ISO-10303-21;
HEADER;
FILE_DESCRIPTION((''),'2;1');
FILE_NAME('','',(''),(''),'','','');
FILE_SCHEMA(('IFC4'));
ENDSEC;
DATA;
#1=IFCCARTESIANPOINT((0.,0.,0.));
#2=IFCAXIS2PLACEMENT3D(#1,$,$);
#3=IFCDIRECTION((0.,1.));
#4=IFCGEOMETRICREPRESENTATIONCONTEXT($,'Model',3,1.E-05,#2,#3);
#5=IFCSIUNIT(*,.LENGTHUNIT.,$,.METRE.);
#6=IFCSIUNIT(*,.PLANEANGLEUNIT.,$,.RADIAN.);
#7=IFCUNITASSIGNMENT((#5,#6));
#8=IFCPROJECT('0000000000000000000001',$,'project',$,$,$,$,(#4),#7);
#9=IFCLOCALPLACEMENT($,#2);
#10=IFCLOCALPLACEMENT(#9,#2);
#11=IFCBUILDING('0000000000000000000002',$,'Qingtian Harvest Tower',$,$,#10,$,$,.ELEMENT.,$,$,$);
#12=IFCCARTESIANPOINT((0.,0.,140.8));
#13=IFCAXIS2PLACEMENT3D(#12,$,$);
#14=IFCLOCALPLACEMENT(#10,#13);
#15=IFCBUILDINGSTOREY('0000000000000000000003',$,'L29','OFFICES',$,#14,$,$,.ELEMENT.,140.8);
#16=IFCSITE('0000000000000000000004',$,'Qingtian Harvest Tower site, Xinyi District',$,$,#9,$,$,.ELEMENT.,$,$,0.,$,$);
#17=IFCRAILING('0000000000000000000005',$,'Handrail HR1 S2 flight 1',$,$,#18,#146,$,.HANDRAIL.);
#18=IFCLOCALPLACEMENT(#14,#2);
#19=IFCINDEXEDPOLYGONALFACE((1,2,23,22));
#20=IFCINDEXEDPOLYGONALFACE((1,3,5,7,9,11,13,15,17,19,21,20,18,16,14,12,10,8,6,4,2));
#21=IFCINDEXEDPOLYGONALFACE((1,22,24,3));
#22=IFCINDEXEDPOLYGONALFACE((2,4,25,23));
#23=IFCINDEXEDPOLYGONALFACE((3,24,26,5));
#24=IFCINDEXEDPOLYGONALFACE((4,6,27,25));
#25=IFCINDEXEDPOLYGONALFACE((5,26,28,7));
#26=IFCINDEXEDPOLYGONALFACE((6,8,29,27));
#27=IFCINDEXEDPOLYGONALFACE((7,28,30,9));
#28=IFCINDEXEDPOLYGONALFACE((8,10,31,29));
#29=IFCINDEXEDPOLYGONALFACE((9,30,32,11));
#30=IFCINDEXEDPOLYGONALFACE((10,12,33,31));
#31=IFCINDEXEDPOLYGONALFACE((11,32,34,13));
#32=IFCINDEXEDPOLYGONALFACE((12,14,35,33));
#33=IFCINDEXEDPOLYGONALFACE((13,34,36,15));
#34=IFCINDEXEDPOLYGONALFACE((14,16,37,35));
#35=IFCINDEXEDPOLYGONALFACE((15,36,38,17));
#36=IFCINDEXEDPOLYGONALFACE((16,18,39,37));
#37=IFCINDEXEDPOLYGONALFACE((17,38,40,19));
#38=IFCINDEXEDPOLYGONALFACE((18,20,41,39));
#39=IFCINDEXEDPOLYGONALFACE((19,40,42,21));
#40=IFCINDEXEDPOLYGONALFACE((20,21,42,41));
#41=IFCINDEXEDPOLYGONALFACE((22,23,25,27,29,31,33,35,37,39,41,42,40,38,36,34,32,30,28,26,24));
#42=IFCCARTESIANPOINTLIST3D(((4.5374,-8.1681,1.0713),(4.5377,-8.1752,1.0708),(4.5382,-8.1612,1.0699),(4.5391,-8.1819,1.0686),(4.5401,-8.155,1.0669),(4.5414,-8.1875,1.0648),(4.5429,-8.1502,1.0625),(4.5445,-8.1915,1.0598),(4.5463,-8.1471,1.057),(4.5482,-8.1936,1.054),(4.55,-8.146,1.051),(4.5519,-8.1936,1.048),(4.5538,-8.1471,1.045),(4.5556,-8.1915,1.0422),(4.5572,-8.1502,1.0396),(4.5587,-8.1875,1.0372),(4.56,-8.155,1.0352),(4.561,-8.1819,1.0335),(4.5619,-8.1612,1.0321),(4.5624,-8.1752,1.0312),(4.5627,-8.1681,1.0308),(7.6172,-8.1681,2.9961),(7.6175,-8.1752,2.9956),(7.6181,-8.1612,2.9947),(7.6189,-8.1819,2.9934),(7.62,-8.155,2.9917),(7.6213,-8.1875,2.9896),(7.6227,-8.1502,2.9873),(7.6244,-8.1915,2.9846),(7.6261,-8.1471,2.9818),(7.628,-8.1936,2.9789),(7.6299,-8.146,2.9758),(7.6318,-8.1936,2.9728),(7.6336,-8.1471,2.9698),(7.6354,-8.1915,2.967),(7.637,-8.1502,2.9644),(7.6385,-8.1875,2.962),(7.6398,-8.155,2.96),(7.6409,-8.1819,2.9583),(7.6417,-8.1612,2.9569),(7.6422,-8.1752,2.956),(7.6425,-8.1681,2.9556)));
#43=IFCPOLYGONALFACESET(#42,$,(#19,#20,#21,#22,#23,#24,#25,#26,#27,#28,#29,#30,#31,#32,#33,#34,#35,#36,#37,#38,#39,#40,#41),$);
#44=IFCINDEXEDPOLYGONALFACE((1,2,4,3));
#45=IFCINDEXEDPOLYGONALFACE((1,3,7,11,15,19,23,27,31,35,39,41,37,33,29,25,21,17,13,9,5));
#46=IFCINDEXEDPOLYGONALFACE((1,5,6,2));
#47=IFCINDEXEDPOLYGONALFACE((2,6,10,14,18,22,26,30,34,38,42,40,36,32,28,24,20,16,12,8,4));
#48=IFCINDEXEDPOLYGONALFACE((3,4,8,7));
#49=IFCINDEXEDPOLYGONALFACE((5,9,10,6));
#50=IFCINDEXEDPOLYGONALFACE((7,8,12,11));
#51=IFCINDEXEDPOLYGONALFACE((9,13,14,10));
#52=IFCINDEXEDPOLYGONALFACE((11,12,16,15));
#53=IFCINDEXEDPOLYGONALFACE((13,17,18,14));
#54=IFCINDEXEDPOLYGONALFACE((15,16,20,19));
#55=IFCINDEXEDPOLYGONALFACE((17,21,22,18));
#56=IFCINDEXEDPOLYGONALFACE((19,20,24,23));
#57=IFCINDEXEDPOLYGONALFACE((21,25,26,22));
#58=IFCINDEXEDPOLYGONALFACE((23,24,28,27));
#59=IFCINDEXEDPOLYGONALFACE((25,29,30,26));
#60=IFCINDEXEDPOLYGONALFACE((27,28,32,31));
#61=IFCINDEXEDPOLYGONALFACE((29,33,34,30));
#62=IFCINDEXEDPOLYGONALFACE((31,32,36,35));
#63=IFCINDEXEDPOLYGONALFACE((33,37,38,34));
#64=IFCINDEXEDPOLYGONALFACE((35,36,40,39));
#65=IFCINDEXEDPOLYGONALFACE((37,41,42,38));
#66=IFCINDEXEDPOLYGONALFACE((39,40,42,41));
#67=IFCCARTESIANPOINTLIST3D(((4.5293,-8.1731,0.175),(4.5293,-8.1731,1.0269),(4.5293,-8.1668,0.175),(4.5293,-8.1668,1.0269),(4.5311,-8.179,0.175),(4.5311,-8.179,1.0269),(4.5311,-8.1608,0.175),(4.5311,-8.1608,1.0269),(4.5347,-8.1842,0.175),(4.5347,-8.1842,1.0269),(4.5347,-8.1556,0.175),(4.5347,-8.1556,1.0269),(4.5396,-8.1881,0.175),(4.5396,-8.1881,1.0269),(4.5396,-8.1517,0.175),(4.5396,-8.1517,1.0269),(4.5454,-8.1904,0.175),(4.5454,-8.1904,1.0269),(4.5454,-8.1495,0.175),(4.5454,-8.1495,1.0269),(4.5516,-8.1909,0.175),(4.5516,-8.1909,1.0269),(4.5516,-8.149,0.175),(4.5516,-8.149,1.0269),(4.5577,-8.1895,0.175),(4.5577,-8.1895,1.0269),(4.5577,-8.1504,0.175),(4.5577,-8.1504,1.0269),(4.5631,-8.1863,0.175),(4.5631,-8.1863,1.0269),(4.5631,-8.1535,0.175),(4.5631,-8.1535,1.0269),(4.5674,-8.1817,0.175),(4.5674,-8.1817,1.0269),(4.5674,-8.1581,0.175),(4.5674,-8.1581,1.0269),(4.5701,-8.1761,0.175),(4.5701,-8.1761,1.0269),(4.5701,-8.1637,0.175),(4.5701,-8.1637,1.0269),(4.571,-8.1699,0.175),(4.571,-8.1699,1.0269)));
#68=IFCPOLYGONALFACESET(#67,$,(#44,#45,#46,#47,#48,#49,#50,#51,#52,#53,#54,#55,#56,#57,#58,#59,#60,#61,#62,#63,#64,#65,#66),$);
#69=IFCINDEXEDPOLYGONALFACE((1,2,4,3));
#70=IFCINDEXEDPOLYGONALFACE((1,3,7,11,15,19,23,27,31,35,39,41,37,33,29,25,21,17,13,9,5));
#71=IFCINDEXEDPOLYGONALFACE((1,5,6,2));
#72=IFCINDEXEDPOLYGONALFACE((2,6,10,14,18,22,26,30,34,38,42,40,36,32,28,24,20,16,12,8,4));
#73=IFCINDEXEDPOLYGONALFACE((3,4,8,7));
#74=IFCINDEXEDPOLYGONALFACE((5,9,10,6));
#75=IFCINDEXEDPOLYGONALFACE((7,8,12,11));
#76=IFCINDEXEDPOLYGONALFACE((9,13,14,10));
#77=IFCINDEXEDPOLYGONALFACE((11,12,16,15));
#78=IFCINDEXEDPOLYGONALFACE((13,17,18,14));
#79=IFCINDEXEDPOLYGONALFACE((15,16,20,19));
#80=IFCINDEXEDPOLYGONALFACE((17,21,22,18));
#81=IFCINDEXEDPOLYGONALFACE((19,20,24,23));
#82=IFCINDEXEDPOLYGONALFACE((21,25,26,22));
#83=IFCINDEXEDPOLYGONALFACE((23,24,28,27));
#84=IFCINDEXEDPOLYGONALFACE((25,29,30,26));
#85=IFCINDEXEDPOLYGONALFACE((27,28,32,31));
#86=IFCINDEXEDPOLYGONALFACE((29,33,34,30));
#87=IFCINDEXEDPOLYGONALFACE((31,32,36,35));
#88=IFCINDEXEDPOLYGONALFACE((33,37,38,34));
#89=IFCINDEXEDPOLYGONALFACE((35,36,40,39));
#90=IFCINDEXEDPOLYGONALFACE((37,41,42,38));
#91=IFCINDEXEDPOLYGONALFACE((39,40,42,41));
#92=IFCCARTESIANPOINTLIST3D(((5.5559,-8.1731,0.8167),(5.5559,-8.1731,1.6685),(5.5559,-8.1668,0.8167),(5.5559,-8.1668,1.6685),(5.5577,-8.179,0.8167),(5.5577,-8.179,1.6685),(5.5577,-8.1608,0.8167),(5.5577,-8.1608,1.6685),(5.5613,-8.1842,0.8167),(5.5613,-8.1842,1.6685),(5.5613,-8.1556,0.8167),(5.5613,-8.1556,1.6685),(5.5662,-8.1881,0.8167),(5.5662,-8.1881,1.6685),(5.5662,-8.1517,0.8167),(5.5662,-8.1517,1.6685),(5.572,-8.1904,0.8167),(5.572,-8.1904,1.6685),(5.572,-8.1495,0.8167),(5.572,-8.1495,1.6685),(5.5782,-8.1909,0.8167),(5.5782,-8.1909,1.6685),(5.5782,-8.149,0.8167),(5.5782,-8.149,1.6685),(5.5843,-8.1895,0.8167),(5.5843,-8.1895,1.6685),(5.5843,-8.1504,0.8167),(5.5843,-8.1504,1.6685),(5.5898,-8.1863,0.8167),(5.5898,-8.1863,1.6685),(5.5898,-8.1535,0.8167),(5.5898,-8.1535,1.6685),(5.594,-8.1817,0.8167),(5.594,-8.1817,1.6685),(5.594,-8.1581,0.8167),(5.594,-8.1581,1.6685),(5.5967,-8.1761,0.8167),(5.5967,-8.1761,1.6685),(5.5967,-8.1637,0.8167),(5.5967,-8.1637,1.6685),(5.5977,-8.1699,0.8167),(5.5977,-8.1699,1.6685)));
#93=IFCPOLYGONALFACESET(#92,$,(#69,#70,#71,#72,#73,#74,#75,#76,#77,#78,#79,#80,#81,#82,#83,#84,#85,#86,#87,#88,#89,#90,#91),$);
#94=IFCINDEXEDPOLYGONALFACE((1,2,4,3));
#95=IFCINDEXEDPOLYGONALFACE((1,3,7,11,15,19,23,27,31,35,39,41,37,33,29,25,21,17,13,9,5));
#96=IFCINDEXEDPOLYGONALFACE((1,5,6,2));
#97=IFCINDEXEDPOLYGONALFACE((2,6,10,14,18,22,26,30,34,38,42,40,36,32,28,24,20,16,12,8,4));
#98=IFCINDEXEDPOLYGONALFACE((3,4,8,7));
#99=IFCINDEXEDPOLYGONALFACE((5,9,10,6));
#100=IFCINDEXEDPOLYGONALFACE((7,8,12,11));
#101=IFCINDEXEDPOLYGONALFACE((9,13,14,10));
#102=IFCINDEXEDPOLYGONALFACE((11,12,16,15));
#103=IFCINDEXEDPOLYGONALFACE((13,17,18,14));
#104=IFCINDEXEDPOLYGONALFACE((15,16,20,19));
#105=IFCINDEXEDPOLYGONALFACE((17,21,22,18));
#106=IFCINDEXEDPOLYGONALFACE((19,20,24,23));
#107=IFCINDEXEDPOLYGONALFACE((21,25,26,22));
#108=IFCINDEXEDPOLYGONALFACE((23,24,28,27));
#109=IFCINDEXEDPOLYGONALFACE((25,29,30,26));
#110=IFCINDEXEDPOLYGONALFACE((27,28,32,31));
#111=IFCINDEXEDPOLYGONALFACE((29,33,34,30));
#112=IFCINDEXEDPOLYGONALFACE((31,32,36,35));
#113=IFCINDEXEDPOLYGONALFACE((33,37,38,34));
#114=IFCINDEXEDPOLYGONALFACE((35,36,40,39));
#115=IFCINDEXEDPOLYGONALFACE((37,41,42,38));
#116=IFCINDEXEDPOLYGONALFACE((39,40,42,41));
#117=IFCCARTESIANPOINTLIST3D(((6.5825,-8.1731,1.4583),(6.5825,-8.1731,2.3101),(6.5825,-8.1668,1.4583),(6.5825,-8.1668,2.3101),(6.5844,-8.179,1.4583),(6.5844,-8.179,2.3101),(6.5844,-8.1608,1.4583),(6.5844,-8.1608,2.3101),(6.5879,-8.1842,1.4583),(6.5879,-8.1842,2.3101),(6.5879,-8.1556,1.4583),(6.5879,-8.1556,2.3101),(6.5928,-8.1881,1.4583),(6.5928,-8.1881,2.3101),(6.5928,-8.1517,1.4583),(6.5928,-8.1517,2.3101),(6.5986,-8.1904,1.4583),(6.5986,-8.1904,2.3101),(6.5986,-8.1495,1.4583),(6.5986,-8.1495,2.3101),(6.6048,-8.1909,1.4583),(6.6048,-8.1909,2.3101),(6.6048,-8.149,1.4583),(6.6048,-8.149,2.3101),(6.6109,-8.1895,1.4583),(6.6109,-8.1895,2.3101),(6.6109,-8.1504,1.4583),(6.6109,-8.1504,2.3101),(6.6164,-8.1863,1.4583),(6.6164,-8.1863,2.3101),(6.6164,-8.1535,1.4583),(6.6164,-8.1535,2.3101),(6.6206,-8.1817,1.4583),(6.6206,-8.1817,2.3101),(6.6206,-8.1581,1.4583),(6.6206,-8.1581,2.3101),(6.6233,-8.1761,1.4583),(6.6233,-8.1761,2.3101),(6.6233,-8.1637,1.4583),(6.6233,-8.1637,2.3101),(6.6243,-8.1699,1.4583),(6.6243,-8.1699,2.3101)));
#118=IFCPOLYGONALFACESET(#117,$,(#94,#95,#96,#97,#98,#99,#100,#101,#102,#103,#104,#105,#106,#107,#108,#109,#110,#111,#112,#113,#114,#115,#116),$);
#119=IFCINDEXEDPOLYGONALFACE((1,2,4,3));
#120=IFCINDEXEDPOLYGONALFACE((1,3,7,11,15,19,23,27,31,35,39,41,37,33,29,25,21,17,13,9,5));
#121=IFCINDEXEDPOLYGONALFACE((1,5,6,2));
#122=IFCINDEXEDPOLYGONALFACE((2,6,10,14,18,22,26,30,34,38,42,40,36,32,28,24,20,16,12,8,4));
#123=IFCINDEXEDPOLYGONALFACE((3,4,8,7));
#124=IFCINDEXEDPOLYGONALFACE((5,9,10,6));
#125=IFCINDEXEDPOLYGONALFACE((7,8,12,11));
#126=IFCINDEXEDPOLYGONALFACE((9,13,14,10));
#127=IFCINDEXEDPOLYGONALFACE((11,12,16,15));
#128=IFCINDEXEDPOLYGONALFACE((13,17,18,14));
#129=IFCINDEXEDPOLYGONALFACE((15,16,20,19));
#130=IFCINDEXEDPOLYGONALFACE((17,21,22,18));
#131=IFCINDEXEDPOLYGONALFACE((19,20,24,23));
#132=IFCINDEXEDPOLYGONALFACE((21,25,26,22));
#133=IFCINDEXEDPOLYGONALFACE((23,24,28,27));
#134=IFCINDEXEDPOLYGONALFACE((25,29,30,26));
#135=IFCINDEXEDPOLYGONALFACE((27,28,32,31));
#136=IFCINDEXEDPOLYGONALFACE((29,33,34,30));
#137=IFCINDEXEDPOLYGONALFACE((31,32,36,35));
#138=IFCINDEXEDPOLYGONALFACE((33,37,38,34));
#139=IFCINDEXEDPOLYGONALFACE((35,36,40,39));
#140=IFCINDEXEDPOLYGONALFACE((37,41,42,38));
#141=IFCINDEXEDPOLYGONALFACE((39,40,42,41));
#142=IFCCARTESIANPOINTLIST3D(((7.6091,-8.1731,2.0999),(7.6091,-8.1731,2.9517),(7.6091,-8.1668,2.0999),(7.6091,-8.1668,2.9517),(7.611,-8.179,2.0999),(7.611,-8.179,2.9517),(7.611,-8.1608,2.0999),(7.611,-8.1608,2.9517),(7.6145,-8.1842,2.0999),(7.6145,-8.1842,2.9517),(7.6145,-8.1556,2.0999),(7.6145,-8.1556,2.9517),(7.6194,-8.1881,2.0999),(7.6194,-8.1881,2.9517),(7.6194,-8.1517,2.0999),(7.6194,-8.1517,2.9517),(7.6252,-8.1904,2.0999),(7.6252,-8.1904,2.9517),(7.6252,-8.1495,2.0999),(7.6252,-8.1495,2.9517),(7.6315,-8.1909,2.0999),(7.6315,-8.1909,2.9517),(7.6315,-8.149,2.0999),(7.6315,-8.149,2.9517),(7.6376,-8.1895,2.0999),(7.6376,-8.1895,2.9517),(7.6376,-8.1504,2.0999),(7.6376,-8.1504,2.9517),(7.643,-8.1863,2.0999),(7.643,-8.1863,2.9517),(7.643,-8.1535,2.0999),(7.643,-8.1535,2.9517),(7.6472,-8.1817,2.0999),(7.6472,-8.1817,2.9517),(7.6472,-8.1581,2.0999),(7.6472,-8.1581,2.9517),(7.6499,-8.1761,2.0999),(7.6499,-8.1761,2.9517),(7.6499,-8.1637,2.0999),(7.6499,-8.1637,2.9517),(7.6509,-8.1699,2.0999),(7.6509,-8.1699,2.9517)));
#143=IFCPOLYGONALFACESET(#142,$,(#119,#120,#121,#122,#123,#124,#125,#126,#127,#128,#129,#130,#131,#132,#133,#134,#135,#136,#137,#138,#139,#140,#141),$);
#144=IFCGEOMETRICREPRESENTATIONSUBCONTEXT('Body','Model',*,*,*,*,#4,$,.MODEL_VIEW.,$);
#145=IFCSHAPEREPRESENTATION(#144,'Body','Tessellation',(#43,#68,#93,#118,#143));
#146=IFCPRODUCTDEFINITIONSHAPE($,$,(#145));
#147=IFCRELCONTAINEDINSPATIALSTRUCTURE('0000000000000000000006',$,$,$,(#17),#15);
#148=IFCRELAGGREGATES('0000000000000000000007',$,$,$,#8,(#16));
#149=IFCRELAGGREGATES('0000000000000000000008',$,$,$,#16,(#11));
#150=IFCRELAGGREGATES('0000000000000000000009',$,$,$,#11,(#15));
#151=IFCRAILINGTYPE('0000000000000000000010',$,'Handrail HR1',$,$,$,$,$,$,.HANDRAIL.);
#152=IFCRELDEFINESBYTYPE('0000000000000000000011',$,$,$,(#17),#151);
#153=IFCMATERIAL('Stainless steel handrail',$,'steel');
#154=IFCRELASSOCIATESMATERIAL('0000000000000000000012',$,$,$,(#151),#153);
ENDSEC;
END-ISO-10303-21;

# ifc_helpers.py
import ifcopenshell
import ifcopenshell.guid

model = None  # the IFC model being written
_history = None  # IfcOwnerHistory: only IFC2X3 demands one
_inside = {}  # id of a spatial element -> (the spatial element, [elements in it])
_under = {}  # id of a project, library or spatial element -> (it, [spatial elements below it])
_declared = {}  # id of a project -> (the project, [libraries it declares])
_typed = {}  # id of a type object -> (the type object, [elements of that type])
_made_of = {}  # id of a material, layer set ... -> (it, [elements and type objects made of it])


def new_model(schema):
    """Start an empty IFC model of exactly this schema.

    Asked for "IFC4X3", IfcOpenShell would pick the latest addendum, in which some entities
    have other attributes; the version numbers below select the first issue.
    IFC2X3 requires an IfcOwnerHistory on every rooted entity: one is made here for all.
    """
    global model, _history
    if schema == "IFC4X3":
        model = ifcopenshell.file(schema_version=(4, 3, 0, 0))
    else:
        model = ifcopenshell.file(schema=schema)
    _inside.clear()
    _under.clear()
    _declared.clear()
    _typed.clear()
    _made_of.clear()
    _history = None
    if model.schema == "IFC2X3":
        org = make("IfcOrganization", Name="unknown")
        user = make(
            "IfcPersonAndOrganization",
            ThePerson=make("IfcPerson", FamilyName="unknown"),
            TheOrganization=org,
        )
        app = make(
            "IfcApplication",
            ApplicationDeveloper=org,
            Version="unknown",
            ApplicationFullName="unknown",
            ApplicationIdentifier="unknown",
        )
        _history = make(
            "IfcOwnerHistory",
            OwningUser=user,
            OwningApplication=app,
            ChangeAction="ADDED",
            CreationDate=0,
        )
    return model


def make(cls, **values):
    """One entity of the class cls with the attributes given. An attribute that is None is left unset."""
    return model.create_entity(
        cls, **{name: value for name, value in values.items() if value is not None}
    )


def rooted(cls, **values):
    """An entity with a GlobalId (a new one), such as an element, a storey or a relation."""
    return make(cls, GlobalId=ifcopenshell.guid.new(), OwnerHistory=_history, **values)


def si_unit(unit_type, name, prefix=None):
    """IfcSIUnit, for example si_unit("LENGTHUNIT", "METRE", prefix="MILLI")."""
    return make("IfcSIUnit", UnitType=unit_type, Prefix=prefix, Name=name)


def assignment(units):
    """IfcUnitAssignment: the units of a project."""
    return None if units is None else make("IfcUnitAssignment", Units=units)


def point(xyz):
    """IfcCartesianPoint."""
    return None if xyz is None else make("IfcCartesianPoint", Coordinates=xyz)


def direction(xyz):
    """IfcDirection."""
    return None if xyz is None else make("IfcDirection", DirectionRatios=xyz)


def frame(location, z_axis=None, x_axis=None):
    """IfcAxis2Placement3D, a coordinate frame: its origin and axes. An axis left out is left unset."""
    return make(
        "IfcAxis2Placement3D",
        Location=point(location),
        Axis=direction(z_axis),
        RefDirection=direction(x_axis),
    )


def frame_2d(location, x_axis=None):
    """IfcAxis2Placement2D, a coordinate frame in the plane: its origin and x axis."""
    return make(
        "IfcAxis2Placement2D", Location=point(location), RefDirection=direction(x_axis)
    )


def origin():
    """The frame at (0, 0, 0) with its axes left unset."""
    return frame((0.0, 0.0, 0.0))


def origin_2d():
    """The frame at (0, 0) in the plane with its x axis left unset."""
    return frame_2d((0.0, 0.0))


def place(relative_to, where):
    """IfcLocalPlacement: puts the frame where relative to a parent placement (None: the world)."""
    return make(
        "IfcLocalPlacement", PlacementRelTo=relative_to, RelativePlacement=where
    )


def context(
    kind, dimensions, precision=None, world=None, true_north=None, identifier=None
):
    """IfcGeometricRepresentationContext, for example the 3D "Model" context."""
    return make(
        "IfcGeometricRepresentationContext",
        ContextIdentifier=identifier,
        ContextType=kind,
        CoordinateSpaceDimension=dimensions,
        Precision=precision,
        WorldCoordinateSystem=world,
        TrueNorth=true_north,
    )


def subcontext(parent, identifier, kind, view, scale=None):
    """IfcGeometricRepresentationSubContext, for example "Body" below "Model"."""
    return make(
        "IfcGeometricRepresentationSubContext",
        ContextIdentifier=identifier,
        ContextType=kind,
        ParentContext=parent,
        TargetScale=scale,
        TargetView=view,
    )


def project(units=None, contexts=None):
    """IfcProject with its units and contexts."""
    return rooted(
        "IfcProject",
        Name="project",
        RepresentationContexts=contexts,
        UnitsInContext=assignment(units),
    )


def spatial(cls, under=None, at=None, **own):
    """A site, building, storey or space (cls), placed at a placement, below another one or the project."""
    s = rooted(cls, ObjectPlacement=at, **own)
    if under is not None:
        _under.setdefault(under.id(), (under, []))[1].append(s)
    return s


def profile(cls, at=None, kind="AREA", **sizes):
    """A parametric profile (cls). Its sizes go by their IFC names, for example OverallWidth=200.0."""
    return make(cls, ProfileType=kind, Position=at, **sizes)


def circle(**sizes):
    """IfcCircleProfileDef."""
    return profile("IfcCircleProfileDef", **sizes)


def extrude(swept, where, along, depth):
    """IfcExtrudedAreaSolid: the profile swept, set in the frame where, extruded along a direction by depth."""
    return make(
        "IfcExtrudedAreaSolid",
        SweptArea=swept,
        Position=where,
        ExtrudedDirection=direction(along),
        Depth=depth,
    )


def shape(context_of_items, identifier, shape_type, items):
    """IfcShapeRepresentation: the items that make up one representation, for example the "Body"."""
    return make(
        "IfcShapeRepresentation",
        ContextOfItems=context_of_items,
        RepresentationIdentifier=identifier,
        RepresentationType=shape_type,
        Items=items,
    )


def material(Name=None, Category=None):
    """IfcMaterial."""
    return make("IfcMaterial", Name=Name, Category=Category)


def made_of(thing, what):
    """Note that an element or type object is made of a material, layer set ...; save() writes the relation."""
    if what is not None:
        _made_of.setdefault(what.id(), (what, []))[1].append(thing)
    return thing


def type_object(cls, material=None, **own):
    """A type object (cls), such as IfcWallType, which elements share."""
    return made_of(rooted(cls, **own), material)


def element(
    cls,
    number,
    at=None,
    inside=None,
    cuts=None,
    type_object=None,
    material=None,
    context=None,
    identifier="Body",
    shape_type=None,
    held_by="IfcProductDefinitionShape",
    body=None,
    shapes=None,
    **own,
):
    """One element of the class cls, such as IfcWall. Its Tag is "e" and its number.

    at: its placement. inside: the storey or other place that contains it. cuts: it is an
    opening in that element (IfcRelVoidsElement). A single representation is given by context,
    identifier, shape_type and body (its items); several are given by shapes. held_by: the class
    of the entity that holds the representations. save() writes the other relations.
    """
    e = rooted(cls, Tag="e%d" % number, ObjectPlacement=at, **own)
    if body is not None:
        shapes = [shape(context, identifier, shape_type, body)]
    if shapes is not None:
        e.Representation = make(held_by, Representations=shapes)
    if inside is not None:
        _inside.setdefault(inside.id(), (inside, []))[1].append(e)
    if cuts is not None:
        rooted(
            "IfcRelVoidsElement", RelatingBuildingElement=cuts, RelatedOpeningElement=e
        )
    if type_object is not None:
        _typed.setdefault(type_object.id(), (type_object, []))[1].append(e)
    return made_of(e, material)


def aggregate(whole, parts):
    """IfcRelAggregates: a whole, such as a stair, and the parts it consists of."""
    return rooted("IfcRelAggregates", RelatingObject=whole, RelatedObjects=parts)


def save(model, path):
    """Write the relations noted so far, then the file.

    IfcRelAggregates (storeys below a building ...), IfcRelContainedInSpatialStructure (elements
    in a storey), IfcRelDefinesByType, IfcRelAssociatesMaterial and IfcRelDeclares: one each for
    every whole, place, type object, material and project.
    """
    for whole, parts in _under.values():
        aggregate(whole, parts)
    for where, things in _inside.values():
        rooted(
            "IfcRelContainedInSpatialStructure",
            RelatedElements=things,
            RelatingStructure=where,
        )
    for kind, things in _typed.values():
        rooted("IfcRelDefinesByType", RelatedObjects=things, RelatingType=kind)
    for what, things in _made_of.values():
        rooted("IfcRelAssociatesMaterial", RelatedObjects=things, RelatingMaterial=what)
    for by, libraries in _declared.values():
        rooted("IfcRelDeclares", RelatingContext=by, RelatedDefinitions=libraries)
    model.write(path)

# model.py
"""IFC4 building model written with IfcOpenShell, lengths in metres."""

from ifc_helpers import new_model, si_unit, direction, frame, origin, origin_2d, place, context, subcontext, project, spatial, circle, extrude, material, type_object, element, save


model = new_model("IFC4")

# Units and contexts
model_context = context("Model", 3, precision=1e-05, world=origin(), true_north=direction((0.0, 1.0)))
body_context = subcontext(model_context, "Body", "Model", "MODEL_VIEW")
ifc_project = project(units=[si_unit("LENGTHUNIT", "METRE"), si_unit("PLANEANGLEUNIT", "RADIAN")], contexts=[model_context])

# Site, building, storey
site_placement = place(None, origin())
site = spatial("IfcSite", under=ifc_project, at=site_placement, Name="Qingtian Harvest Tower site, Xinyi District", CompositionType="ELEMENT", RefElevation=0.0)
building_placement = place(site_placement, origin())
building = spatial("IfcBuilding", under=site, at=building_placement, Name="Qingtian Harvest Tower", CompositionType="ELEMENT")
storey_placement = place(building_placement, frame((0.0, 0.0, 140.8)))
storey = spatial("IfcBuildingStorey", under=building, at=storey_placement, Name="L29", Description="OFFICES", CompositionType="ELEMENT", Elevation=140.8)

# Railing
ifc_material_1 = material(Name="Stainless steel handrail", Category="steel")
railing_type = type_object("IfcRailingType", Name="Handrail HR1", PredefinedType="HANDRAIL", material=ifc_material_1)
railing_1_placement = place(storey_placement, frame((4.55, -8.1699, 0.175)))
element("IfcRailing", 1, at=railing_1_placement, inside=storey, type_object=railing_type, Name="Handrail HR1 S2 flight 1", PredefinedType="HANDRAIL", context=body_context, shape_type="SweptSolid", body=[
    extrude(circle(Radius=0.0239, at=origin_2d()), frame((0.0, 0.0, 0.876), z_axis=(0.84801, 0.0, 0.529981), x_axis=(0.0, 1.0, 0.0)), (0.0, 0.0, 1.0), 3.6318),
    extrude(circle(Radius=0.021, at=origin_2d()), origin(), (0.0, 0.0, 1.0), 0.8518),
    extrude(circle(Radius=0.021, at=origin_2d()), frame((1.0266, 0.0, 0.6416)), (0.0, 0.0, 1.0), 0.8518),
    extrude(circle(Radius=0.021, at=origin_2d()), frame((2.0532, 0.0, 1.2832)), (0.0, 0.0, 1.0), 0.8518),
    extrude(circle(Radius=0.021, at=origin_2d()), frame((3.0798, 0.0, 1.9248)), (0.0, 0.0, 1.0), 0.8518),
])

save(model, "model.ifc")
